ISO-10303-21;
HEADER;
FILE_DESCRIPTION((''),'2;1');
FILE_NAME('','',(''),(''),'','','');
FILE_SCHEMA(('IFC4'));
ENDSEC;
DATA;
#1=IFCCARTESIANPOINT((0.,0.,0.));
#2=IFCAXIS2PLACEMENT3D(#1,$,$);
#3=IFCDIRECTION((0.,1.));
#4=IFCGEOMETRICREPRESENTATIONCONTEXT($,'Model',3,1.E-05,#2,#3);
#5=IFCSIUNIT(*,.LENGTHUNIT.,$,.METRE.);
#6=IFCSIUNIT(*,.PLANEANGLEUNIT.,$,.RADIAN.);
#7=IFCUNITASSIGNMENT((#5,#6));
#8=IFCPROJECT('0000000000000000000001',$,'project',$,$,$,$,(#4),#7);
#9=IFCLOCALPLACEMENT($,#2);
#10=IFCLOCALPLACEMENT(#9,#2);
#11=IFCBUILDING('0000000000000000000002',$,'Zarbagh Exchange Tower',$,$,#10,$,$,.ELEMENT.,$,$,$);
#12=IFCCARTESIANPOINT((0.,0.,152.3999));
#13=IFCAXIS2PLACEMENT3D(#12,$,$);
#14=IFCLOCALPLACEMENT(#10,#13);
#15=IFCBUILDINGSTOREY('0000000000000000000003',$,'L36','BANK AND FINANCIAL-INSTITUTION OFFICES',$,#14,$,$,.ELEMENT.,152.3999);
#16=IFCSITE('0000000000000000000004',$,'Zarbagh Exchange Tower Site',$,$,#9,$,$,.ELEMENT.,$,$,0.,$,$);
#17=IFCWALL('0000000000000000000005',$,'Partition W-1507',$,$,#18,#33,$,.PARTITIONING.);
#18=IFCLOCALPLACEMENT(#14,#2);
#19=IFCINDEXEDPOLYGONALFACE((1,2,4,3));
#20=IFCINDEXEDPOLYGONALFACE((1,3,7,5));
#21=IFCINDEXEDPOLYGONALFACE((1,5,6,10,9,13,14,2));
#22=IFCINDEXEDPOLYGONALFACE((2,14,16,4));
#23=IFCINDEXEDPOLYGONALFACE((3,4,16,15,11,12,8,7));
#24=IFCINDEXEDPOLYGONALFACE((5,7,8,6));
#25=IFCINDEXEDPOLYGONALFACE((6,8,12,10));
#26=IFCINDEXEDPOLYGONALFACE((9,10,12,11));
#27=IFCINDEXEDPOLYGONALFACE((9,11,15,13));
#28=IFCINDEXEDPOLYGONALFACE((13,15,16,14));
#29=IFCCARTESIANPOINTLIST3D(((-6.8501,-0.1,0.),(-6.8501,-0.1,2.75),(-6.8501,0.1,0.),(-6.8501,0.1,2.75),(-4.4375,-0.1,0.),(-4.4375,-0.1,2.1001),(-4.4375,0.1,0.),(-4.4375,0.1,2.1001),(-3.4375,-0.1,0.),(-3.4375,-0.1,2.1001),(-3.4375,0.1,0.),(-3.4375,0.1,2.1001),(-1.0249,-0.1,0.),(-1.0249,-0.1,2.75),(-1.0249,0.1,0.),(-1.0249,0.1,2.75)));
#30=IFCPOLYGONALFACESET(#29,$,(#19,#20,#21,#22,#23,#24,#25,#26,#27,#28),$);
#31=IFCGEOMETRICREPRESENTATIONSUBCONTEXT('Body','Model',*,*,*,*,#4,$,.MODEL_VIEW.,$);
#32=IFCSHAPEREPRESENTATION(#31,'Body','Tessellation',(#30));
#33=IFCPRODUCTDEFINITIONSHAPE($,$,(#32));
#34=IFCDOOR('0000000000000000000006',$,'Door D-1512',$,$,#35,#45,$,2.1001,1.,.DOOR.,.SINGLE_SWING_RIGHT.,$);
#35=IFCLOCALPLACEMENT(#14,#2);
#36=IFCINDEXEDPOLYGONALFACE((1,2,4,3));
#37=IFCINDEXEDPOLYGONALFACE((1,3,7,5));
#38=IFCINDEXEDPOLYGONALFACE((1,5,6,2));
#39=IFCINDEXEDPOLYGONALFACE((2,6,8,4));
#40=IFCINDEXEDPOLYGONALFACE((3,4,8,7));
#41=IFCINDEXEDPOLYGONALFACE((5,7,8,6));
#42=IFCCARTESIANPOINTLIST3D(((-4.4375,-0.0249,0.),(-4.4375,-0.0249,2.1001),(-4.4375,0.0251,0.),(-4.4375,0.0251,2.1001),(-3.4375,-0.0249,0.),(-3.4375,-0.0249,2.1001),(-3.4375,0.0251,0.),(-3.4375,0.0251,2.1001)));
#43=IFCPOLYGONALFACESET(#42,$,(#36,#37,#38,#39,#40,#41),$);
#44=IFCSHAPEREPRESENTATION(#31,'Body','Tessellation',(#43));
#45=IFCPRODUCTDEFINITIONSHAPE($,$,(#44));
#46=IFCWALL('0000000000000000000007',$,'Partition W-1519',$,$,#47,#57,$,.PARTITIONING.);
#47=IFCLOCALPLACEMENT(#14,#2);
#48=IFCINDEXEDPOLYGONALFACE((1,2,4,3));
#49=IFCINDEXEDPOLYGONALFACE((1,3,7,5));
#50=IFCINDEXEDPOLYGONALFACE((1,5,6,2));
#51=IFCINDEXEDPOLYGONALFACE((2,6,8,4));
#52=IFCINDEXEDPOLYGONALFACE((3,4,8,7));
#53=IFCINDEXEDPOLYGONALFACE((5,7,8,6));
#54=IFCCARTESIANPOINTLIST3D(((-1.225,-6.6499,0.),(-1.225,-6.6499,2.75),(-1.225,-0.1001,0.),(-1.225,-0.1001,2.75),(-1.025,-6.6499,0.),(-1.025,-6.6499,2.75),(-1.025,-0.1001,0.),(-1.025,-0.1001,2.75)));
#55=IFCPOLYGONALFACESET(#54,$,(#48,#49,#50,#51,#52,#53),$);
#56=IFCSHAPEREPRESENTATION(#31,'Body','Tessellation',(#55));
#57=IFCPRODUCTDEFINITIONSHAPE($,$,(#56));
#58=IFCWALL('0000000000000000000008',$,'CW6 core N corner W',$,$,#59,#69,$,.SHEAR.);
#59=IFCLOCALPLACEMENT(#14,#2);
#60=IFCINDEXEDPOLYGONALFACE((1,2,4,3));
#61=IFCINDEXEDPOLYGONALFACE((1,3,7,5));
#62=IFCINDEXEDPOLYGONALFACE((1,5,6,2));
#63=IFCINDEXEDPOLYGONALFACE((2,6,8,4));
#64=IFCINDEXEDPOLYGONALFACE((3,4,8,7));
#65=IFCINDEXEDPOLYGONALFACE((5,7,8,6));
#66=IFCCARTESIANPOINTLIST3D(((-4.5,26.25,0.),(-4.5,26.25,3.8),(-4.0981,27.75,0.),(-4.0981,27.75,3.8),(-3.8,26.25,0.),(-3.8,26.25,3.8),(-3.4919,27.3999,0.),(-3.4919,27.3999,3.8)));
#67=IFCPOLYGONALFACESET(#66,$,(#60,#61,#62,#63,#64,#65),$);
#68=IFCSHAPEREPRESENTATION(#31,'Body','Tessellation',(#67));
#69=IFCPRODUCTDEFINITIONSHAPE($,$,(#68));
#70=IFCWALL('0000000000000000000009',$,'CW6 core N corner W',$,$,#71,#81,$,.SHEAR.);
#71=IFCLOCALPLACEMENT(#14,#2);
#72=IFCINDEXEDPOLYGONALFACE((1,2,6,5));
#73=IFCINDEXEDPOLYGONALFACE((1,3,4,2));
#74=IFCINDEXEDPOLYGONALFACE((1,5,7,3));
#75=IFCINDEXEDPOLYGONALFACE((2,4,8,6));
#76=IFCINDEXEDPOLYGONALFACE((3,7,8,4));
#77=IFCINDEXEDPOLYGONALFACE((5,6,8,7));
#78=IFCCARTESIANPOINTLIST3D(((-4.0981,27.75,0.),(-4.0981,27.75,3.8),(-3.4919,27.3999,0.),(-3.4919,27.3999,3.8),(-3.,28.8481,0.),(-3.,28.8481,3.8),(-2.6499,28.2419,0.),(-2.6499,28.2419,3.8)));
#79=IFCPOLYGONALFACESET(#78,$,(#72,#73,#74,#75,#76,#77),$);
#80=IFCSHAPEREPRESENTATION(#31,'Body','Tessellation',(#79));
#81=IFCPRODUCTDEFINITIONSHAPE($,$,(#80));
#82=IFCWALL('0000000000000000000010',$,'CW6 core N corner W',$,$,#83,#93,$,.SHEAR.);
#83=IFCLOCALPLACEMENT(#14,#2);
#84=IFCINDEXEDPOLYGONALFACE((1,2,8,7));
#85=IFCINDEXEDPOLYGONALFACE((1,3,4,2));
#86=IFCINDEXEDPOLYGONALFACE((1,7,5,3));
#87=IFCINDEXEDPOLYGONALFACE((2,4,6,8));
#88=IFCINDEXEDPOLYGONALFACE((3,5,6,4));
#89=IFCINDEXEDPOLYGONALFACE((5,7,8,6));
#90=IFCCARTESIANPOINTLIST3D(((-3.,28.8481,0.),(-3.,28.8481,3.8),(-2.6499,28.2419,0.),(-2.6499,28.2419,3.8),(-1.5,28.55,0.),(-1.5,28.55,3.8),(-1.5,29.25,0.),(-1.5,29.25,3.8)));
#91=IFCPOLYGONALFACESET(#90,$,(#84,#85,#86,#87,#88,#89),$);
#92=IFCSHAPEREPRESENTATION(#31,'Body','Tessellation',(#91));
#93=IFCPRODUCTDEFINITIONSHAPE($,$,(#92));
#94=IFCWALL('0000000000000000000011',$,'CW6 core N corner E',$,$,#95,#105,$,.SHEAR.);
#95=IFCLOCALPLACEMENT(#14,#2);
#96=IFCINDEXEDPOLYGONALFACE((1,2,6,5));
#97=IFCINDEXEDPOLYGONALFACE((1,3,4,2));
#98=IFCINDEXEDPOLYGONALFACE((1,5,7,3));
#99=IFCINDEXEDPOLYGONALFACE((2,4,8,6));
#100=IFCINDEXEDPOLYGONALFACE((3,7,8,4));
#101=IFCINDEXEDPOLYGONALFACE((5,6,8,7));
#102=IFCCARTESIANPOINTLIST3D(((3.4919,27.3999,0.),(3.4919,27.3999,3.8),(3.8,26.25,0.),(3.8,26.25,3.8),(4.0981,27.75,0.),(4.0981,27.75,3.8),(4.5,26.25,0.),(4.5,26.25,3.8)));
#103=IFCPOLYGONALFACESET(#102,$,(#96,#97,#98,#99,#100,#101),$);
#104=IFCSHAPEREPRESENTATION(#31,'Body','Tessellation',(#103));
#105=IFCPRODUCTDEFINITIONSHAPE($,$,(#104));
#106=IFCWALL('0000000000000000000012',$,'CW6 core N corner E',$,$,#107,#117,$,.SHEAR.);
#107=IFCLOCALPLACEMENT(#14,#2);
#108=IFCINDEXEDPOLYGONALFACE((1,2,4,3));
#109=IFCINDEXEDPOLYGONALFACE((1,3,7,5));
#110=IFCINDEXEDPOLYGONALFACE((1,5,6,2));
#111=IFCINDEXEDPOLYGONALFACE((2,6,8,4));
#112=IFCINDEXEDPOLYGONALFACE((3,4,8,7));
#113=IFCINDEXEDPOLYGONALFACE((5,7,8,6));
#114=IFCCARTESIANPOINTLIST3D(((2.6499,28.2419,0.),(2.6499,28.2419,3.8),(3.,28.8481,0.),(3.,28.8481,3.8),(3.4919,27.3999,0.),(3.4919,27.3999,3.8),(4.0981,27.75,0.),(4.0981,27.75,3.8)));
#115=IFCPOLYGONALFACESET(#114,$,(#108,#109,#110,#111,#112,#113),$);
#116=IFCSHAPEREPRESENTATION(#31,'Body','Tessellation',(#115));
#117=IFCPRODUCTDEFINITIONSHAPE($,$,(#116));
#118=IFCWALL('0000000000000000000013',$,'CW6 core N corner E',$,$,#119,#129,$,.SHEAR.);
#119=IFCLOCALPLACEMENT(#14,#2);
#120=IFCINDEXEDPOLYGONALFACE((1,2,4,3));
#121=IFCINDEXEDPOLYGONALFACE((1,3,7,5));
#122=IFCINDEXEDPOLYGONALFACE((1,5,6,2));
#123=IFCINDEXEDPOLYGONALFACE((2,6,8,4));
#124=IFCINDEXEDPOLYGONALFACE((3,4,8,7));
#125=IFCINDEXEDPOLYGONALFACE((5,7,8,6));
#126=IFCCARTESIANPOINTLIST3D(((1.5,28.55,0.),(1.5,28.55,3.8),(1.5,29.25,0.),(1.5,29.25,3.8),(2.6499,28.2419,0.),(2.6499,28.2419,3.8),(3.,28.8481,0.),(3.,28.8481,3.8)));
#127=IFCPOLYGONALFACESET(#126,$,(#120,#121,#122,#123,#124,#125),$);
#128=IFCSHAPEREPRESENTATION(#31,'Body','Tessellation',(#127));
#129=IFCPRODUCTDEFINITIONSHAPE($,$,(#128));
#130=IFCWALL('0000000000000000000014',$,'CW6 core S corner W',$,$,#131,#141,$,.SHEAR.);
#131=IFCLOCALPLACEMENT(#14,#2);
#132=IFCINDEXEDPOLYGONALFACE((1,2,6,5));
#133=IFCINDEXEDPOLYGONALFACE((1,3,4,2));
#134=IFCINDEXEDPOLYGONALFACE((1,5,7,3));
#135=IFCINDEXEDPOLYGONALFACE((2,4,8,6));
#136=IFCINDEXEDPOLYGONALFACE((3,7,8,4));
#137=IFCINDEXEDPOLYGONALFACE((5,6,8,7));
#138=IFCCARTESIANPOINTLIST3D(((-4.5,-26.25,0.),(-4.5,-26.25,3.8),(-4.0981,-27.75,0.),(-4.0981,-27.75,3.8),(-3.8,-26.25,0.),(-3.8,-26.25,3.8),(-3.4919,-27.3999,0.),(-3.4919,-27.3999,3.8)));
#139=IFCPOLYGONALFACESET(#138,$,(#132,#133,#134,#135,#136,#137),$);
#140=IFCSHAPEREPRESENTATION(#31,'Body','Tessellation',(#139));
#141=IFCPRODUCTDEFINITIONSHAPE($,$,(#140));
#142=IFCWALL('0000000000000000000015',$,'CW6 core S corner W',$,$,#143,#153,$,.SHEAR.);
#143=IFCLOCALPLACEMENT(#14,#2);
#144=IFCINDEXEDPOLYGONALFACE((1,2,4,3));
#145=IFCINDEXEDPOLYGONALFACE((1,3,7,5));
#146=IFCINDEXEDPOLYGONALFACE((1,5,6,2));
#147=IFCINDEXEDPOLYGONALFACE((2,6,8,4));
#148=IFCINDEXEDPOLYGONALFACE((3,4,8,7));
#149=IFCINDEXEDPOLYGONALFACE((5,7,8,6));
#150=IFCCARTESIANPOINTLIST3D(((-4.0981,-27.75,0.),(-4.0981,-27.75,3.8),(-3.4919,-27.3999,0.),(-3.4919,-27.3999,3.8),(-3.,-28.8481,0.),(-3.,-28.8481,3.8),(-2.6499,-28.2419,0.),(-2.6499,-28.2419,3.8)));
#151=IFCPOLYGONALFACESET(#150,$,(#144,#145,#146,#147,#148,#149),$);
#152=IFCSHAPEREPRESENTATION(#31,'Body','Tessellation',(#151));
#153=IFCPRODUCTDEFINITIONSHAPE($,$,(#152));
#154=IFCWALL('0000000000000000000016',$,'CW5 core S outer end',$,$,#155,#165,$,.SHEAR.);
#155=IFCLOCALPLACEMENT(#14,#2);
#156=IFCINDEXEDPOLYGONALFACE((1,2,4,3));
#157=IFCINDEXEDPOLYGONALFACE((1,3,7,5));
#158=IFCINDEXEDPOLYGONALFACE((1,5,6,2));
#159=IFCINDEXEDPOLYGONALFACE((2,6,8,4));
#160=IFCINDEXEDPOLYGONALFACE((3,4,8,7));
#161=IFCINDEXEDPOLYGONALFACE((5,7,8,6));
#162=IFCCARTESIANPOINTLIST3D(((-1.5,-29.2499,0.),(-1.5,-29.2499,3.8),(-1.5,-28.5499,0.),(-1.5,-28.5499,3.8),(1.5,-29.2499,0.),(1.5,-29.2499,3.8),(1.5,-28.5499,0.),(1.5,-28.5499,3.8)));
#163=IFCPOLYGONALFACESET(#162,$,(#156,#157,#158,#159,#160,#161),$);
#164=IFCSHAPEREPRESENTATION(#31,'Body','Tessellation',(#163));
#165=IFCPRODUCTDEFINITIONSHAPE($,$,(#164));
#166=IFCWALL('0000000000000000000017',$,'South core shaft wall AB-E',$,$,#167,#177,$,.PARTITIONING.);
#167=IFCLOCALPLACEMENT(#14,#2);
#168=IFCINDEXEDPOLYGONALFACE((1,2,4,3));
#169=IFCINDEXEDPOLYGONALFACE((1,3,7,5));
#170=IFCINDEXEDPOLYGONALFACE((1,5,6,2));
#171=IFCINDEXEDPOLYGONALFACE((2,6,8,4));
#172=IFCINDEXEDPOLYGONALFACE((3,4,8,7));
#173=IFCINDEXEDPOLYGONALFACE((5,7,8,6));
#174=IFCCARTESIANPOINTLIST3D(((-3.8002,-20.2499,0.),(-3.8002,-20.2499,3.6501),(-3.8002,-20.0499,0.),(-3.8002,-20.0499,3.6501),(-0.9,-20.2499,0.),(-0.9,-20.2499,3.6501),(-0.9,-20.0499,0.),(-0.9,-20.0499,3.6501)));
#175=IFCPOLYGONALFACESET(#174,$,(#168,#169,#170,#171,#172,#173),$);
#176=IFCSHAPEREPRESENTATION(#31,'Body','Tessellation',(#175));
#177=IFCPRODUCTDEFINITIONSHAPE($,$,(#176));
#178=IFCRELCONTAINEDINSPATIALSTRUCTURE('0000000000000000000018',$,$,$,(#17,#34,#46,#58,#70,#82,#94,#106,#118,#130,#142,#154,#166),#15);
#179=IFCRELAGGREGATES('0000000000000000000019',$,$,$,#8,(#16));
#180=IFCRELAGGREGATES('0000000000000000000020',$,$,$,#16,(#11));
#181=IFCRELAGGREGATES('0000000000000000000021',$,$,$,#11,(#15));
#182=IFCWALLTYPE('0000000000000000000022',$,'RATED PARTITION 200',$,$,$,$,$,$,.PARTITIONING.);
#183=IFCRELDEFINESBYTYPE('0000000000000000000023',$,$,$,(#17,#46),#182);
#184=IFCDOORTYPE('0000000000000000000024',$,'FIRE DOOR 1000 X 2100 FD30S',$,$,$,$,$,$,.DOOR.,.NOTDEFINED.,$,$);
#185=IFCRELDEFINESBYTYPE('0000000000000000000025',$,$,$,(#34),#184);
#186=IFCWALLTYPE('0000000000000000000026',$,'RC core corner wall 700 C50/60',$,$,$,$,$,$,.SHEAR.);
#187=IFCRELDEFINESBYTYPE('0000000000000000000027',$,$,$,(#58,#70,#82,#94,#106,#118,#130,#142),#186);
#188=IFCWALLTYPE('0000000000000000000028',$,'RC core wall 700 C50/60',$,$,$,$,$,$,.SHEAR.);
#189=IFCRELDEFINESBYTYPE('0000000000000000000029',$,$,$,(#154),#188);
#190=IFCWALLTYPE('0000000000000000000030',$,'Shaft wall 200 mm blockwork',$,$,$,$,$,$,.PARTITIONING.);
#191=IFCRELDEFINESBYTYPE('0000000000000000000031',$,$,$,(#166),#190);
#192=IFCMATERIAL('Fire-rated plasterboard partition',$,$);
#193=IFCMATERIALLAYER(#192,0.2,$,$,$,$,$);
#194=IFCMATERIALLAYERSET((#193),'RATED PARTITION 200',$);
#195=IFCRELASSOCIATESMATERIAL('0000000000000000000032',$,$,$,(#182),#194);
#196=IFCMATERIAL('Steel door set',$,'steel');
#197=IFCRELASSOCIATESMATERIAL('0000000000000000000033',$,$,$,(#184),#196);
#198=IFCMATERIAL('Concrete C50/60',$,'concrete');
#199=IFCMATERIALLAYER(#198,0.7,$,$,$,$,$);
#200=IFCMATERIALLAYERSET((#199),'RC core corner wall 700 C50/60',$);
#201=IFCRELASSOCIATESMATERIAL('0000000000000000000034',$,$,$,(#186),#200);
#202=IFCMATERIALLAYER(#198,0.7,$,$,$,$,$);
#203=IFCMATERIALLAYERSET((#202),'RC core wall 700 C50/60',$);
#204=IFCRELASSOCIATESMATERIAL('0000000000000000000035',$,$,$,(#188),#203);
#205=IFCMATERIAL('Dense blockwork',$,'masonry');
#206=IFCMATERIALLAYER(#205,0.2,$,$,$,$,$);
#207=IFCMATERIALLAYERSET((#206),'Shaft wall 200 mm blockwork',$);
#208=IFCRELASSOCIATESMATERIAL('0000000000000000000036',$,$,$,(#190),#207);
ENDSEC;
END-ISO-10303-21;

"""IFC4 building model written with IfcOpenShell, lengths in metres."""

from ifc_helpers import new_model, si_unit, direction, frame, frame_2d, origin, place, context, subcontext, project, spatial, polyline, rectangle, outline, extrude, material, layer, layer_set, type_object, element, fill, save


model = new_model("IFC4")

# Units and contexts
model_context = context("Model", 3, precision=1e-05, world=origin(), true_north=direction((0.0, 1.0)))
body_context = subcontext(model_context, "Body", "Model", "MODEL_VIEW")
ifc_project = project(units=[si_unit("LENGTHUNIT", "METRE"), si_unit("PLANEANGLEUNIT", "RADIAN")], contexts=[model_context])

# Site, building, storey
site_placement = place(None, origin())
site = spatial("IfcSite", under=ifc_project, at=site_placement, Name="Zarbagh Exchange Tower Site", CompositionType="ELEMENT", RefElevation=0.0)
building_placement = place(site_placement, origin())
building = spatial("IfcBuilding", under=site, at=building_placement, Name="Zarbagh Exchange Tower", CompositionType="ELEMENT")
storey_placement = place(building_placement, frame((0.0, 0.0, 152.3999)))
storey = spatial("IfcBuildingStorey", under=building, at=storey_placement, Name="L36", Description="BANK AND FINANCIAL-INSTITUTION OFFICES", CompositionType="ELEMENT", Elevation=152.3999)

# Shared definitions
ifc_material_1 = material(Name="Concrete C50/60", Category="concrete")

# Shared definitions
ifc_material_2 = material(Name="Dense blockwork", Category="masonry")

# Wall, opening, door
ifc_material_3 = material(Name="Fire-rated plasterboard partition")
ifc_layer_1 = layer(ifc_material_3, 0.2)
ifc_layer_set_1 = layer_set([ifc_layer_1], Name="RATED PARTITION 200")
wall_type_1 = type_object("IfcWallType", Name="RATED PARTITION 200", PredefinedType="PARTITIONING", material=ifc_layer_set_1)
wall_1_placement = place(storey_placement, frame((-1.0249, 0.0, 0.0), z_axis=(0.0, 0.0, 1.0), x_axis=(-1.0, 0.0, 0.0)))
wall_1 = element("IfcWall", 1, at=wall_1_placement, inside=storey, type_object=wall_type_1, Name="Partition W-1507", PredefinedType="PARTITIONING", context=body_context, shape_type="SweptSolid", body=[
    extrude(rectangle(XDim=5.8252, YDim=0.2, at=frame_2d((2.9126, 0.0))), origin(), (0.0, 0.0, 1.0), 2.75),
])
opening_1_placement = place(wall_1_placement, frame((2.4126, 0.0, 0.0)))
opening_1 = element("IfcOpeningElement", 2, at=opening_1_placement, cuts=wall_1, PredefinedType="OPENING", context=body_context, shape_type="SweptSolid", body=[
    extrude(rectangle(XDim=1.0, YDim=2.1001, at=frame_2d((0.5, 1.05))), frame((0.0, 0.1099, 0.0), z_axis=(0.0, -1.0, 0.0), x_axis=(1.0, 0.0, 0.0)), (0.0, 0.0, 1.0), 0.22),
])
ifc_material_4 = material(Name="Steel door set", Category="steel")
door_type_1 = type_object("IfcDoorType", Name="FIRE DOOR 1000 X 2100 FD30S", OperationType="NOTDEFINED", PredefinedType="DOOR", material=ifc_material_4)
door_1_placement = place(opening_1_placement, origin())
door_1 = element("IfcDoor", 3, at=door_1_placement, inside=storey, type_object=door_type_1, Name="Door D-1512", OperationType="SINGLE_SWING_RIGHT", OverallHeight=2.1001, OverallWidth=1.0, PredefinedType="DOOR", context=body_context, shape_type="SweptSolid", body=[
    extrude(rectangle(XDim=1.0, YDim=2.1001, at=frame_2d((0.5, 1.05))), frame((0.0, 0.0249, 0.0), z_axis=(0.0, -1.0, 0.0), x_axis=(1.0, 0.0, 0.0)), (0.0, 0.0, 1.0), 0.05),
])
fill(opening_1, door_1)

# Walls
wall_2_placement = place(storey_placement, frame((-1.125, -6.6499, 0.0), z_axis=(0.0, 0.0, 1.0), x_axis=(0.0, 1.0, 0.0)))
element("IfcWall", 4, at=wall_2_placement, inside=storey, type_object=wall_type_1, Name="Partition W-1519", PredefinedType="PARTITIONING", context=body_context, shape_type="SweptSolid", body=[
    extrude(rectangle(XDim=6.5498, YDim=0.2, at=frame_2d((3.2749, 0.0))), origin(), (0.0, 0.0, 1.0), 2.75),
])
ifc_layer_2 = layer(ifc_material_1, 0.7)
ifc_layer_set_2 = layer_set([ifc_layer_2], Name="RC core corner wall 700 C50/60")
wall_type_2 = type_object("IfcWallType", Name="RC core corner wall 700 C50/60", PredefinedType="SHEAR", material=ifc_layer_set_2)
wall_3_placement = place(storey_placement, origin())
element("IfcWall", 5, at=wall_3_placement, inside=storey, type_object=wall_type_2, Name="CW6 core N corner W", PredefinedType="SHEAR", context=body_context, shape_type="SweptSolid", body=[
    extrude(outline(polyline([(-4.5, 26.25), (-4.0981, 27.75), (-3.4919, 27.3999), (-3.8, 26.25), (-4.5, 26.25)])), origin(), (0.0, 0.0, 1.0), 3.8),
])
wall_4_placement = place(storey_placement, origin())
element("IfcWall", 6, at=wall_4_placement, inside=storey, type_object=wall_type_2, Name="CW6 core N corner W", PredefinedType="SHEAR", context=body_context, shape_type="SweptSolid", body=[
    extrude(outline(polyline([(-4.0981, 27.75), (-3.0, 28.8481), (-2.6499, 28.2419), (-3.4919, 27.3999), (-4.0981, 27.75)])), origin(), (0.0, 0.0, 1.0), 3.8),
])
wall_5_placement = place(storey_placement, origin())
element("IfcWall", 7, at=wall_5_placement, inside=storey, type_object=wall_type_2, Name="CW6 core N corner W", PredefinedType="SHEAR", context=body_context, shape_type="SweptSolid", body=[
    extrude(outline(polyline([(-3.0, 28.8481), (-1.5, 29.25), (-1.5, 28.55), (-2.6499, 28.2419), (-3.0, 28.8481)])), origin(), (0.0, 0.0, 1.0), 3.8),
])
wall_6_placement = place(storey_placement, origin())
element("IfcWall", 8, at=wall_6_placement, inside=storey, type_object=wall_type_2, Name="CW6 core N corner E", PredefinedType="SHEAR", context=body_context, shape_type="SweptSolid", body=[
    extrude(outline(polyline([(4.5, 26.25), (4.0981, 27.75), (3.4919, 27.3999), (3.8, 26.25), (4.5, 26.25)])), origin(), (0.0, 0.0, 1.0), 3.8),
])
wall_7_placement = place(storey_placement, origin())
element("IfcWall", 9, at=wall_7_placement, inside=storey, type_object=wall_type_2, Name="CW6 core N corner E", PredefinedType="SHEAR", context=body_context, shape_type="SweptSolid", body=[
    extrude(outline(polyline([(4.0981, 27.75), (3.0, 28.8481), (2.6499, 28.2419), (3.4919, 27.3999), (4.0981, 27.75)])), origin(), (0.0, 0.0, 1.0), 3.8),
])
wall_8_placement = place(storey_placement, origin())
element("IfcWall", 10, at=wall_8_placement, inside=storey, type_object=wall_type_2, Name="CW6 core N corner E", PredefinedType="SHEAR", context=body_context, shape_type="SweptSolid", body=[
    extrude(outline(polyline([(3.0, 28.8481), (1.5, 29.25), (1.5, 28.55), (2.6499, 28.2419), (3.0, 28.8481)])), origin(), (0.0, 0.0, 1.0), 3.8),
])
wall_9_placement = place(storey_placement, origin())
element("IfcWall", 11, at=wall_9_placement, inside=storey, type_object=wall_type_2, Name="CW6 core S corner W", PredefinedType="SHEAR", context=body_context, shape_type="SweptSolid", body=[
    extrude(outline(polyline([(-4.5, -26.25), (-4.0981, -27.75), (-3.4919, -27.3999), (-3.8, -26.25), (-4.5, -26.25)])), origin(), (0.0, 0.0, 1.0), 3.8),
])
wall_10_placement = place(storey_placement, origin())
element("IfcWall", 12, at=wall_10_placement, inside=storey, type_object=wall_type_2, Name="CW6 core S corner W", PredefinedType="SHEAR", context=body_context, shape_type="SweptSolid", body=[
    extrude(outline(polyline([(-4.0981, -27.75), (-3.0, -28.8481), (-2.6499, -28.2419), (-3.4919, -27.3999), (-4.0981, -27.75)])), origin(), (0.0, 0.0, 1.0), 3.8),
])
ifc_layer_3 = layer(ifc_material_1, 0.7)
ifc_layer_set_3 = layer_set([ifc_layer_3], Name="RC core wall 700 C50/60")
wall_type_3 = type_object("IfcWallType", Name="RC core wall 700 C50/60", PredefinedType="SHEAR", material=ifc_layer_set_3)
wall_11_placement = place(storey_placement, frame((-1.5, -28.8999, 0.0), z_axis=(0.0, 0.0, 1.0), x_axis=(1.0, 0.0, 0.0)))
element("IfcWall", 13, at=wall_11_placement, inside=storey, type_object=wall_type_3, Name="CW5 core S outer end", PredefinedType="SHEAR", context=body_context, shape_type="SweptSolid", body=[
    extrude(rectangle(XDim=3.0, YDim=0.7, at=frame_2d((1.5, 0.0))), origin(), (0.0, 0.0, 1.0), 3.8),
])
ifc_layer_4 = layer(ifc_material_2, 0.2)
ifc_layer_set_4 = layer_set([ifc_layer_4], Name="Shaft wall 200 mm blockwork")
wall_type_4 = type_object("IfcWallType", Name="Shaft wall 200 mm blockwork", PredefinedType="PARTITIONING", material=ifc_layer_set_4)
wall_12_placement = place(storey_placement, frame((-0.8999, -20.1499, 0.0), z_axis=(0.0, 0.0, 1.0), x_axis=(-1.0, 0.0, 0.0)))
element("IfcWall", 14, at=wall_12_placement, inside=storey, type_object=wall_type_4, Name="South core shaft wall AB-E", PredefinedType="PARTITIONING", context=body_context, shape_type="SweptSolid", body=[
    extrude(rectangle(XDim=2.9001, YDim=0.2, at=frame_2d((1.4502, 0.0))), origin(), (0.0, 0.0, 1.0), 3.6501),
])

save(model, "model.ifc")
